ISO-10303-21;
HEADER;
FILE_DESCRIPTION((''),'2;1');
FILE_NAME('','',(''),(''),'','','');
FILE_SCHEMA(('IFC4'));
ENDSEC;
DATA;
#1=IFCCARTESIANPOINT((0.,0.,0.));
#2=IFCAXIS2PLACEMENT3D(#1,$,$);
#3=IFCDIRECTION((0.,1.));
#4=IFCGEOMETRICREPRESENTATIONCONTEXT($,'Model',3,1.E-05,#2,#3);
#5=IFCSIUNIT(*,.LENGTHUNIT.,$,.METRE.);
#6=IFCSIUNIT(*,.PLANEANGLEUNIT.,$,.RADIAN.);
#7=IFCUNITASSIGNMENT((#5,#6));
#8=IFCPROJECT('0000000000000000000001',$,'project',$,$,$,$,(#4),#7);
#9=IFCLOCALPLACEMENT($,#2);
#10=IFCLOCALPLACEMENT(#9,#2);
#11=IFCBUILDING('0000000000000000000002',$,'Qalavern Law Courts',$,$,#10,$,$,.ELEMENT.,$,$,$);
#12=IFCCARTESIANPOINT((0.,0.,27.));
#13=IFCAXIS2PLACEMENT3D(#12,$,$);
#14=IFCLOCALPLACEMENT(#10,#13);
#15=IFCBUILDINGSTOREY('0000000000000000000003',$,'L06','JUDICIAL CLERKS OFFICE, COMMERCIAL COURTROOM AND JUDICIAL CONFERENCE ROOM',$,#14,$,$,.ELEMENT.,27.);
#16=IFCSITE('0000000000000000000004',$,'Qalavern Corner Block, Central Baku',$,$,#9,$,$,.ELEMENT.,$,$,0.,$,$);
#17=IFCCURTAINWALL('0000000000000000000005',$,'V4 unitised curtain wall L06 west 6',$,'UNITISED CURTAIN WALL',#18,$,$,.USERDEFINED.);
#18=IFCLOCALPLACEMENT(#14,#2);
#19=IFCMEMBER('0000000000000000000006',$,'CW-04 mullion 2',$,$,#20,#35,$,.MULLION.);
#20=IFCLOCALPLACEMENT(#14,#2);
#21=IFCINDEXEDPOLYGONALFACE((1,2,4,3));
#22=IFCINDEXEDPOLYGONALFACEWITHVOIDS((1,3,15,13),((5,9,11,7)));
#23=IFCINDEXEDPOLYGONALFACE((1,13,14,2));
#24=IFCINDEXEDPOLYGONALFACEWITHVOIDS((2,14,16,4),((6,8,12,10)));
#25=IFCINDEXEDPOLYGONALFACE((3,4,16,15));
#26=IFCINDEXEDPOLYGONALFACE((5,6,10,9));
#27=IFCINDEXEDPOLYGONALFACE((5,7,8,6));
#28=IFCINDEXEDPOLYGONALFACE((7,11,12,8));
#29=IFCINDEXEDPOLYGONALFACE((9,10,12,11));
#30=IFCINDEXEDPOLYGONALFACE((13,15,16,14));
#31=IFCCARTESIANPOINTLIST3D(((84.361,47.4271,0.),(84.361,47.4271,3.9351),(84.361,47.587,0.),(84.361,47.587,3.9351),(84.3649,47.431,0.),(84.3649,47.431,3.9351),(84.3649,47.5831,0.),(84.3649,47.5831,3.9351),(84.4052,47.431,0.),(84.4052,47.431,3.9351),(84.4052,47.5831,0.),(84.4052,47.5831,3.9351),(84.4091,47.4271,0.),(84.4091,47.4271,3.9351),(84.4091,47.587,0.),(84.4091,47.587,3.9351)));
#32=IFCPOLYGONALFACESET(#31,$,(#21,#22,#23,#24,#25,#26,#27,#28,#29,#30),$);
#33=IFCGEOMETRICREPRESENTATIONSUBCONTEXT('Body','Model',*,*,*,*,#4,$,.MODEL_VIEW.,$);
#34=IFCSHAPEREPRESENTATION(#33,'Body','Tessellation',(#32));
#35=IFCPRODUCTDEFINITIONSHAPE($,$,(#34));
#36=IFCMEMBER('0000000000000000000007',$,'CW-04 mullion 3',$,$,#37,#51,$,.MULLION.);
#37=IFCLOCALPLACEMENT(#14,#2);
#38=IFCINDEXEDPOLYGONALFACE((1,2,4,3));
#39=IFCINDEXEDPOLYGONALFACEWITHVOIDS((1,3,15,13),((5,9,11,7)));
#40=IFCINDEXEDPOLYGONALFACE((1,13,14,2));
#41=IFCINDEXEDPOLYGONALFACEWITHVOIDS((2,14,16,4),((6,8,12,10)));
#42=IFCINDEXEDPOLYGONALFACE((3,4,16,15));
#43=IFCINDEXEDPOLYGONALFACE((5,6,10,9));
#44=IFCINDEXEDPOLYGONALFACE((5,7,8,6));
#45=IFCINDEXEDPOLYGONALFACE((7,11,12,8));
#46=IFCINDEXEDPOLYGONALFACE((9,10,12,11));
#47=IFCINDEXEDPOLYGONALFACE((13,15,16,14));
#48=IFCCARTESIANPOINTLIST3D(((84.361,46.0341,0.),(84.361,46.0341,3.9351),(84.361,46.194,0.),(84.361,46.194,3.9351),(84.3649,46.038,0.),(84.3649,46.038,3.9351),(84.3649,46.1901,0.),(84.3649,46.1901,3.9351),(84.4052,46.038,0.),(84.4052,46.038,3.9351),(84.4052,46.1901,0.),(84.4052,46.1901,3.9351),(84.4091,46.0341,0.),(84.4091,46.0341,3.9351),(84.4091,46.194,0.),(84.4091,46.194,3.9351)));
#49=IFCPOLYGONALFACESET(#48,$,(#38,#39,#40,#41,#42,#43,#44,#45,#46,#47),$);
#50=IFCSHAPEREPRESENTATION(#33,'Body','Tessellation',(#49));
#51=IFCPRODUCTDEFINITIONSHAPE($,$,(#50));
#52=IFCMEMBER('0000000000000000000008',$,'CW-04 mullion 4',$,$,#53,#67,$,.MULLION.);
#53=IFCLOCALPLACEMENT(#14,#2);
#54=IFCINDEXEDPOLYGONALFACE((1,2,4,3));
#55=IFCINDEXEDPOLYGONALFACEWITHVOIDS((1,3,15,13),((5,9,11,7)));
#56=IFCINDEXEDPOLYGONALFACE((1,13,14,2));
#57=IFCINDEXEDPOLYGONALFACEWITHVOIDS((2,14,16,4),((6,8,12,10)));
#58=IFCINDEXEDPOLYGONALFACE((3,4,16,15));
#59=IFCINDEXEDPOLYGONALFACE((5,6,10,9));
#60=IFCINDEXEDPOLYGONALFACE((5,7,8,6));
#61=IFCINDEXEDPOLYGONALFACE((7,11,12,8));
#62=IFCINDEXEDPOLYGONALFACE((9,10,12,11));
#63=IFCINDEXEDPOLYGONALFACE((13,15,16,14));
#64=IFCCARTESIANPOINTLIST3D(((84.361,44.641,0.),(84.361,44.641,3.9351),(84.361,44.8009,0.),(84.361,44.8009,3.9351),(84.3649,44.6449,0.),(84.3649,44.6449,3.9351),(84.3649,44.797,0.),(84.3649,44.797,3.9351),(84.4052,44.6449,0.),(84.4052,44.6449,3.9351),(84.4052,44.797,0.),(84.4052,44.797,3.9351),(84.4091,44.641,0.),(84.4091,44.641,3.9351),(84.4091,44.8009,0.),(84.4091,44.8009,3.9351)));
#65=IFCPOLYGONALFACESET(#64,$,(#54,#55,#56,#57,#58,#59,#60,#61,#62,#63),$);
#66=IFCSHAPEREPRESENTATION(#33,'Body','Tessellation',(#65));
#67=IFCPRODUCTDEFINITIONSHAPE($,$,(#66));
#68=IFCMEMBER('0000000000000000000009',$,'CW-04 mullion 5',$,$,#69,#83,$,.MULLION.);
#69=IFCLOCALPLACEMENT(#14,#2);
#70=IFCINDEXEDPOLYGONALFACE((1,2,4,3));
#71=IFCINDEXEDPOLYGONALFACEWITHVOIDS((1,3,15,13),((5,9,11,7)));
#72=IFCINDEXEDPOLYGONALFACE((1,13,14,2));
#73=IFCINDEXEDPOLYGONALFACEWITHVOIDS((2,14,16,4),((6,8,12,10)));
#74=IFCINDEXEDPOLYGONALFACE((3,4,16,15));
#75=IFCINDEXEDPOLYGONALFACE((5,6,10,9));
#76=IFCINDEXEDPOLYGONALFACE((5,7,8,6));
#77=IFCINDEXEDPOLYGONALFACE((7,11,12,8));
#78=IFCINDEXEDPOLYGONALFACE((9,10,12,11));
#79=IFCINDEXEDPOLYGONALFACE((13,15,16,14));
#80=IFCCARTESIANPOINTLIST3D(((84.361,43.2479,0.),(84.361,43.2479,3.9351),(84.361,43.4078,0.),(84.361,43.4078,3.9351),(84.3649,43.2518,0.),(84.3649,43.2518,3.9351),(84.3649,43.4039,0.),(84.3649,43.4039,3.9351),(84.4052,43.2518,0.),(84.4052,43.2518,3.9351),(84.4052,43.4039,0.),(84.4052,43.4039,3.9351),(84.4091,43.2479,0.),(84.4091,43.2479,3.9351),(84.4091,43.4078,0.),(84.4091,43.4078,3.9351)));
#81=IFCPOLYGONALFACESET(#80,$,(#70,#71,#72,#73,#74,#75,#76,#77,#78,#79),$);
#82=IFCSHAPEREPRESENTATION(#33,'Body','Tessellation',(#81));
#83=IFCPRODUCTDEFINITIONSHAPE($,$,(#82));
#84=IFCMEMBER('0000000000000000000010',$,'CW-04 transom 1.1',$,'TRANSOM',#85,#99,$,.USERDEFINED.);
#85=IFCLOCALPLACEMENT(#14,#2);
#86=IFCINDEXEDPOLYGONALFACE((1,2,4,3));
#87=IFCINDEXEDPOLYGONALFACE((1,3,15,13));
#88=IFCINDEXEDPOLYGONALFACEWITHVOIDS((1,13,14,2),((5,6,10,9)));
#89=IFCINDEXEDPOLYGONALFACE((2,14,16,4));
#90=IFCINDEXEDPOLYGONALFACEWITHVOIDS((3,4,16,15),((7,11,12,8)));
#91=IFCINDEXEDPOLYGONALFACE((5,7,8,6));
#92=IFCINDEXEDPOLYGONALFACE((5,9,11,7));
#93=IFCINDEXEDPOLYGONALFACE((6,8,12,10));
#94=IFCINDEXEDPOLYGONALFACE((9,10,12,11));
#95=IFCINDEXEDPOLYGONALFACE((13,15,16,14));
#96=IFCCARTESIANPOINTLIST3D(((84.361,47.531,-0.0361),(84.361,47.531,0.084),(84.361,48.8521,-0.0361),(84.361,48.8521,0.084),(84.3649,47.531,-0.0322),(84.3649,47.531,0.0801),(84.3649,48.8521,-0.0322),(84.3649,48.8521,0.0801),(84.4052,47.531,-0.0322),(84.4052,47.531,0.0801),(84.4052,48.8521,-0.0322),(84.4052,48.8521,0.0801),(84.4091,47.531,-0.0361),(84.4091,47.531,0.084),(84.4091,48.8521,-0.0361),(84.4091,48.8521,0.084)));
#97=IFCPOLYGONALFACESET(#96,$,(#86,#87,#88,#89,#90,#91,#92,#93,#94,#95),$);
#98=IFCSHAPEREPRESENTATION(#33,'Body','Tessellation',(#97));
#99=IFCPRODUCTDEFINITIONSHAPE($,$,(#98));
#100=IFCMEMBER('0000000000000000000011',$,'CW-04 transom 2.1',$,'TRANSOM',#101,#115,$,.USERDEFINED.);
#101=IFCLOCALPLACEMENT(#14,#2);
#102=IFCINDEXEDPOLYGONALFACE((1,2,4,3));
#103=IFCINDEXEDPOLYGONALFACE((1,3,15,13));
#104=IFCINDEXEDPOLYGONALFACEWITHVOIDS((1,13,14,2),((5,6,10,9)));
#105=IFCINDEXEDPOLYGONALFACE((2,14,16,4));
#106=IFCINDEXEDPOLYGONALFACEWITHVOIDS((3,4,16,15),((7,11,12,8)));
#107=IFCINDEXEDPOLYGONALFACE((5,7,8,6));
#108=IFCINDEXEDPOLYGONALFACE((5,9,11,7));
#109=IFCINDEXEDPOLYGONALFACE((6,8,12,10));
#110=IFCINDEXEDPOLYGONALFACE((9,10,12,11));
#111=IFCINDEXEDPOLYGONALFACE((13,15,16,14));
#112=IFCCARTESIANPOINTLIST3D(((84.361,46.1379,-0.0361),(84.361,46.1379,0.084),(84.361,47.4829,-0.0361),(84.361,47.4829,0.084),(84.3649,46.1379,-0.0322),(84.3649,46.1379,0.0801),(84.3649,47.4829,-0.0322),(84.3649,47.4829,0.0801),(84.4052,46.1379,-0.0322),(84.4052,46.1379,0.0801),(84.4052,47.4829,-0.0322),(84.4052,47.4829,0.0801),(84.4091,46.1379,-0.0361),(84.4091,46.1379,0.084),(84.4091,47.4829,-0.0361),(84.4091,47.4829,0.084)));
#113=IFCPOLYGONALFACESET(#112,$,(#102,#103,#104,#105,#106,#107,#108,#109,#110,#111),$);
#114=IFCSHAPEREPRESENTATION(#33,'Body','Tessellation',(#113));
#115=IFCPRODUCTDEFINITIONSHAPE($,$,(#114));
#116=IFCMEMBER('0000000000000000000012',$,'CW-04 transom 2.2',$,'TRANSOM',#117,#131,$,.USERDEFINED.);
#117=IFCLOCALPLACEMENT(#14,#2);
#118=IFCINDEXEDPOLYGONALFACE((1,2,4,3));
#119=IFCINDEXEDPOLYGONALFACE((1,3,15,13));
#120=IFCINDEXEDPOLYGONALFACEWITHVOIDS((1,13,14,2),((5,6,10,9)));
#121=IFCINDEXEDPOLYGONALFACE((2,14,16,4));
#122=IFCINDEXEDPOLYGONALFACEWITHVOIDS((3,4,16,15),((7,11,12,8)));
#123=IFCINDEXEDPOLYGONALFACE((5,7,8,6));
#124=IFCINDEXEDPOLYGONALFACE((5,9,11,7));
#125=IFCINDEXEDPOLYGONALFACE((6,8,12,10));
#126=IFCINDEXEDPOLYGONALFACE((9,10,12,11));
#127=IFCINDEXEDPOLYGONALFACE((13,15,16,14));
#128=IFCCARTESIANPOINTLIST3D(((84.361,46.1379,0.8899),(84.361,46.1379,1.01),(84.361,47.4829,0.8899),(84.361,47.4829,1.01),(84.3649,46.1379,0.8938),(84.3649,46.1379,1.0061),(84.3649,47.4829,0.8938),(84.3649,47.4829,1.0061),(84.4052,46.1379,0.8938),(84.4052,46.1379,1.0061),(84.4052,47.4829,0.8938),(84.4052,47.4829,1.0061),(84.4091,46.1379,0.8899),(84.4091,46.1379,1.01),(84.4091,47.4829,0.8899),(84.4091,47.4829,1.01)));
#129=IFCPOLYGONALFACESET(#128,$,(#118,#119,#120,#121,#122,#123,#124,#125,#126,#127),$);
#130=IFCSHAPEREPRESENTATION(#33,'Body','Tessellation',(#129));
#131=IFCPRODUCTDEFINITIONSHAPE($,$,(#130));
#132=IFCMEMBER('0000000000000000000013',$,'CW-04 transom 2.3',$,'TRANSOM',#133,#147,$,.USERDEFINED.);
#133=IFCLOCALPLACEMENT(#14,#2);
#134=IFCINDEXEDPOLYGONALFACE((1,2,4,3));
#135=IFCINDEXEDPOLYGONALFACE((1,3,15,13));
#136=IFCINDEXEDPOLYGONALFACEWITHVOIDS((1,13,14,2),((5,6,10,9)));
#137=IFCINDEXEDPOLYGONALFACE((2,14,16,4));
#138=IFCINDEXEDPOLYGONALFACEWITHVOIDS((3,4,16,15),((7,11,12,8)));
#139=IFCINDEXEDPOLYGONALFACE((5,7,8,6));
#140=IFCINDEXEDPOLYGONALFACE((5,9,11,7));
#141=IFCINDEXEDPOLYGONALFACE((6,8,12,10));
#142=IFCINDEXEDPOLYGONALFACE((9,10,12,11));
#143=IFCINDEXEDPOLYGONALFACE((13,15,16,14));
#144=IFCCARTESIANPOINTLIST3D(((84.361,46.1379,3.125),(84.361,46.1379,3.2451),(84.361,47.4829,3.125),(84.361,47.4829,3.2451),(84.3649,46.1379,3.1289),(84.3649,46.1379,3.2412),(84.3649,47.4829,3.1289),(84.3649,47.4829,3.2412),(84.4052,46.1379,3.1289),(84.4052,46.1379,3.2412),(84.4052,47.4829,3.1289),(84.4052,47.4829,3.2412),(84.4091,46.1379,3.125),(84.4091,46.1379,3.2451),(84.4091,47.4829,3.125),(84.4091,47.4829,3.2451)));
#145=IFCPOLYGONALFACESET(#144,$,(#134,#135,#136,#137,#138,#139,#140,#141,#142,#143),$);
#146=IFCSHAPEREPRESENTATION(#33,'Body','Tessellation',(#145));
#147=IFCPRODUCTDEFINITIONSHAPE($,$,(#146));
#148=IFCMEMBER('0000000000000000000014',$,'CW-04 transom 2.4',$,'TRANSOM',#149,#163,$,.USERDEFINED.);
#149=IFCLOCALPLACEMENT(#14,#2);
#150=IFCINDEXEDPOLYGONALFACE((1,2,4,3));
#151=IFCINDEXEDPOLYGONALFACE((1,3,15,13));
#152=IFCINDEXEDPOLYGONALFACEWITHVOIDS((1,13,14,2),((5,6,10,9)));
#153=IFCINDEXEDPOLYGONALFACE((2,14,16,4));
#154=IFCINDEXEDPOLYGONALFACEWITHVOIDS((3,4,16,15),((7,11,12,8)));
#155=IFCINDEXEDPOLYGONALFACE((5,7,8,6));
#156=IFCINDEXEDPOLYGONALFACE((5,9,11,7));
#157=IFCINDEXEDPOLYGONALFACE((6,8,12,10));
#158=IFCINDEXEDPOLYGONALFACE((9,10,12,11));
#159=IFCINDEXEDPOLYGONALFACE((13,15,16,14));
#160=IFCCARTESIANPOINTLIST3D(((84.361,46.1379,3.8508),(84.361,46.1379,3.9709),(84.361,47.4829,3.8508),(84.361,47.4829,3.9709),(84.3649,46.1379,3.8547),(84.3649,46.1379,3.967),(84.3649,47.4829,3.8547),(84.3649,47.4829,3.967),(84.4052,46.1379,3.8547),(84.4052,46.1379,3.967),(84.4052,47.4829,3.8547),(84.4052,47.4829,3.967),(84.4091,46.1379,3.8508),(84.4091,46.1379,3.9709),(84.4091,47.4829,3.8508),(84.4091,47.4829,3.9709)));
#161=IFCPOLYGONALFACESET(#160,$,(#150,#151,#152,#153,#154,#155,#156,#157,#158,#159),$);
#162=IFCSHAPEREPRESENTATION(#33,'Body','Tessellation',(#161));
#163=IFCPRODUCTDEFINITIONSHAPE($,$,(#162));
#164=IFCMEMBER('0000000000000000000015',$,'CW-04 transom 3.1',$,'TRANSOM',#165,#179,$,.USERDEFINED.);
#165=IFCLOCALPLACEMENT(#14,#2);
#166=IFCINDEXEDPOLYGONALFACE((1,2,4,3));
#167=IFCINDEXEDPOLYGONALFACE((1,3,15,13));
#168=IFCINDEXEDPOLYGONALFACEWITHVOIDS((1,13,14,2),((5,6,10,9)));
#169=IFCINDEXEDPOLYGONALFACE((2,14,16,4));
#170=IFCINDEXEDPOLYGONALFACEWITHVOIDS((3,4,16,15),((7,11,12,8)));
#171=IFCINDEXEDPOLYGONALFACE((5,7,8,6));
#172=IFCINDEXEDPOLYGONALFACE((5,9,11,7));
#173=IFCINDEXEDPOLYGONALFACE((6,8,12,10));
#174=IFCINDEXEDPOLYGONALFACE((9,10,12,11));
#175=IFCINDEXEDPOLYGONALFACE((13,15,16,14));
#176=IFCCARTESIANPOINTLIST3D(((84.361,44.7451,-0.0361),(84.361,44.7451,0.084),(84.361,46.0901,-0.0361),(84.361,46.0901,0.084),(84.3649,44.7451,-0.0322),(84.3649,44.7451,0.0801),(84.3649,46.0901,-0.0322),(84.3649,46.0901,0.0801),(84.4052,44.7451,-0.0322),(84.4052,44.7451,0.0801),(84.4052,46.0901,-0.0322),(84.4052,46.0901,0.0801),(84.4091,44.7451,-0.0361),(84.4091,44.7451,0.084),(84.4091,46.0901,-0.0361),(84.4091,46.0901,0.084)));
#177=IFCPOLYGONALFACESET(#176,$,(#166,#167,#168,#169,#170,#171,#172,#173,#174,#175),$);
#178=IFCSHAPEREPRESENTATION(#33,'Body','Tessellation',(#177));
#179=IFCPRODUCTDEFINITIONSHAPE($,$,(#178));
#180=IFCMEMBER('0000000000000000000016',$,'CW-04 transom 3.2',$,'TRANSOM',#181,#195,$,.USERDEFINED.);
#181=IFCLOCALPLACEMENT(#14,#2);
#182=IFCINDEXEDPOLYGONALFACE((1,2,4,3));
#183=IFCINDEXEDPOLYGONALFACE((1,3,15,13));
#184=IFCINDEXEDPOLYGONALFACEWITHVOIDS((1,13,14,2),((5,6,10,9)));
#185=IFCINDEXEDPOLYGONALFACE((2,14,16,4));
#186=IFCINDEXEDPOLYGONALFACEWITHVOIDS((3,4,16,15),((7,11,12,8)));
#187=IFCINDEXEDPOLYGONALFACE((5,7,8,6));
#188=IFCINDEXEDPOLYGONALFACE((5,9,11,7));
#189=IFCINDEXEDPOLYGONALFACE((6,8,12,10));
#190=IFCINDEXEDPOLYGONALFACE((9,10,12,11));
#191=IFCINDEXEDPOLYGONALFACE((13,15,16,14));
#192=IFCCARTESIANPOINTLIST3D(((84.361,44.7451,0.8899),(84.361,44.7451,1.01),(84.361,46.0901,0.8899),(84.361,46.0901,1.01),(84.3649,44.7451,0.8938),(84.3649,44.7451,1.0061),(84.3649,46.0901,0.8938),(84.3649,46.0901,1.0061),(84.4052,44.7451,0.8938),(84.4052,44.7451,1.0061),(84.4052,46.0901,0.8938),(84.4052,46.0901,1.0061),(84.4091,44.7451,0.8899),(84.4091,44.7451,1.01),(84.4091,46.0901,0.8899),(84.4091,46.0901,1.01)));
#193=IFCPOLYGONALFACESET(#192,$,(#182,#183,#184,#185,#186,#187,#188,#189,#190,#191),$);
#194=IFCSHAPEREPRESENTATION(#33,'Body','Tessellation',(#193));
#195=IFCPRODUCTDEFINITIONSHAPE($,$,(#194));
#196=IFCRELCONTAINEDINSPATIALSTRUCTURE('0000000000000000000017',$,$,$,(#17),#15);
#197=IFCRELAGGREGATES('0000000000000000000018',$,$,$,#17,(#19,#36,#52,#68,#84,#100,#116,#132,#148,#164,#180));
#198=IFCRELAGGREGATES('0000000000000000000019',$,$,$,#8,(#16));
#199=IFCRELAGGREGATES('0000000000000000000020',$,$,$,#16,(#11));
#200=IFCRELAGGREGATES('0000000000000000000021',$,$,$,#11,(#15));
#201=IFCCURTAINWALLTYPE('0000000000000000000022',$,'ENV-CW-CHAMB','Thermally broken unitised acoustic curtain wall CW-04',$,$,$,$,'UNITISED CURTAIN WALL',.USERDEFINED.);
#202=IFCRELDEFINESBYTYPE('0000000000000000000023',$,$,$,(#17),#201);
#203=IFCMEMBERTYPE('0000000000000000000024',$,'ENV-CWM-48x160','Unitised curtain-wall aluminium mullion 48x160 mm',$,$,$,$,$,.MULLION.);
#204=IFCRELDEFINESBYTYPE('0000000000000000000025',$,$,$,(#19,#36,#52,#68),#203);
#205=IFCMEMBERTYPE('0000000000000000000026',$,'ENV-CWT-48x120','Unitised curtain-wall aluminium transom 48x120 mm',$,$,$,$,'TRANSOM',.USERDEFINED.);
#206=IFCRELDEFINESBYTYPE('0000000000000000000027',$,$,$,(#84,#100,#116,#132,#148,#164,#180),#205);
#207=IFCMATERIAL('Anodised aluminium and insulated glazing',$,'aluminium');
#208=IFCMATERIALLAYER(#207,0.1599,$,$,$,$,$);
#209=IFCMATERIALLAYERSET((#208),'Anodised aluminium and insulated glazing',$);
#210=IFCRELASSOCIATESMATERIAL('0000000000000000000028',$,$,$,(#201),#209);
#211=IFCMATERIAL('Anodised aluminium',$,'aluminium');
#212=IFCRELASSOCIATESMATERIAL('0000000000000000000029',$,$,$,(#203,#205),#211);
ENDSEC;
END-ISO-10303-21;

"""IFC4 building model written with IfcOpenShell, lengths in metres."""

from ifc_helpers import new_model, si_unit, direction, frame, origin, origin_2d, place, context, subcontext, project, spatial, hollow_rectangle, extrude, material, layer, layer_set, material_profile, profile_set, type_object, element, aggregate, save


model = new_model("IFC4")

# Units and contexts
model_context = context("Model", 3, precision=1e-05, world=origin(), true_north=direction((0.0, 1.0)))
body_context = subcontext(model_context, "Body", "Model", "MODEL_VIEW")
ifc_project = project(units=[si_unit("LENGTHUNIT", "METRE"), si_unit("PLANEANGLEUNIT", "RADIAN")], contexts=[model_context])

# Site, building, storey
site_placement = place(None, origin())
site = spatial("IfcSite", under=ifc_project, at=site_placement, Name="Qalavern Corner Block, Central Baku", CompositionType="ELEMENT", RefElevation=0.0)
building_placement = place(site_placement, origin())
building = spatial("IfcBuilding", under=site, at=building_placement, Name="Qalavern Law Courts", CompositionType="ELEMENT")
storey_placement = place(building_placement, frame((0.0, 0.0, 27.0)))
storey = spatial("IfcBuildingStorey", under=building, at=storey_placement, Name="L06", Description="JUDICIAL CLERKS OFFICE, COMMERCIAL COURTROOM AND JUDICIAL CONFERENCE ROOM", CompositionType="ELEMENT", Elevation=27.0)

# Curtain wall, members
ifc_material_1 = material(Name="Anodised aluminium and insulated glazing", Category="aluminium")
ifc_layer_1 = layer(ifc_material_1, 0.1599)
ifc_layer_set_1 = layer_set([ifc_layer_1], Name="Anodised aluminium and insulated glazing")
curtain_wall_type = type_object("IfcCurtainWallType", Name="ENV-CW-CHAMB", Description="Thermally broken unitised acoustic curtain wall CW-04", ElementType="UNITISED CURTAIN WALL", PredefinedType="USERDEFINED", material=ifc_layer_set_1)
curtain_wall_placement = place(storey_placement, origin())
curtain_wall = element("IfcCurtainWall", 1, at=curtain_wall_placement, inside=storey, type_object=curtain_wall_type, Name="V4 unitised curtain wall L06 west 6", ObjectType="UNITISED CURTAIN WALL", PredefinedType="USERDEFINED")
ifc_material_2 = material(Name="Anodised aluminium", Category="aluminium")
ifc_material_profile_1 = material_profile(ifc_material_2, hollow_rectangle(XDim=0.0481, YDim=0.1599, WallThickness=0.0039, at=origin_2d()), Name="ALU MULLION 48x160")
ifc_profile_set_1 = profile_set([ifc_material_profile_1], Name="Anodised aluminium")
member_type_1 = type_object("IfcMemberType", Name="ENV-CWM-48x160", Description="Unitised curtain-wall aluminium mullion 48x160 mm", PredefinedType="MULLION", material=ifc_profile_set_1)
member_1_placement = place(storey_placement, frame((84.385, 47.5071, 0.0), z_axis=(0.0, 0.0, 1.0), x_axis=(1.0, 0.0, 0.0)))
member_1 = element("IfcMember", 2, at=member_1_placement, type_object=member_type_1, Name="CW-04 mullion 2", PredefinedType="MULLION", context=body_context, shape_type="SweptSolid", body=[
    extrude(hollow_rectangle(XDim=0.0481, YDim=0.1599, WallThickness=0.0039, at=origin_2d()), origin(), (0.0, 0.0, 1.0), 3.9351),
])
member_2_placement = place(storey_placement, frame((84.385, 46.114, 0.0), z_axis=(0.0, 0.0, 1.0), x_axis=(1.0, 0.0, 0.0)))
member_2 = element("IfcMember", 3, at=member_2_placement, type_object=member_type_1, Name="CW-04 mullion 3", PredefinedType="MULLION", context=body_context, shape_type="SweptSolid", body=[
    extrude(hollow_rectangle(XDim=0.0481, YDim=0.1599, WallThickness=0.0039, at=origin_2d()), origin(), (0.0, 0.0, 1.0), 3.9351),
])
member_3_placement = place(storey_placement, frame((84.385, 44.7209, 0.0), z_axis=(0.0, 0.0, 1.0), x_axis=(1.0, 0.0, 0.0)))
member_3 = element("IfcMember", 4, at=member_3_placement, type_object=member_type_1, Name="CW-04 mullion 4", PredefinedType="MULLION", context=body_context, shape_type="SweptSolid", body=[
    extrude(hollow_rectangle(XDim=0.0481, YDim=0.1599, WallThickness=0.0039, at=origin_2d()), origin(), (0.0, 0.0, 1.0), 3.9351),
])
member_4_placement = place(storey_placement, frame((84.385, 43.3279, 0.0), z_axis=(0.0, 0.0, 1.0), x_axis=(1.0, 0.0, 0.0)))
member_4 = element("IfcMember", 5, at=member_4_placement, type_object=member_type_1, Name="CW-04 mullion 5", PredefinedType="MULLION", context=body_context, shape_type="SweptSolid", body=[
    extrude(hollow_rectangle(XDim=0.0481, YDim=0.1599, WallThickness=0.0039, at=origin_2d()), origin(), (0.0, 0.0, 1.0), 3.9351),
])
ifc_material_profile_2 = material_profile(ifc_material_2, hollow_rectangle(XDim=0.0481, YDim=0.1201, WallThickness=0.0039, at=origin_2d()), Name="ALU TRANSOM 48x120")
ifc_profile_set_2 = profile_set([ifc_material_profile_2], Name="Anodised aluminium")
member_type_2 = type_object("IfcMemberType", Name="ENV-CWT-48x120", Description="Unitised curtain-wall aluminium transom 48x120 mm", ElementType="TRANSOM", PredefinedType="USERDEFINED", material=ifc_profile_set_2)
member_5_placement = place(storey_placement, frame((84.385, 48.8521, 0.0239), z_axis=(0.0, -1.0, 0.0), x_axis=(1.0, 0.0, 0.0)))
member_5 = element("IfcMember", 6, at=member_5_placement, type_object=member_type_2, Name="CW-04 transom 1.1", ObjectType="TRANSOM", PredefinedType="USERDEFINED", context=body_context, shape_type="SweptSolid", body=[
    extrude(hollow_rectangle(XDim=0.0481, YDim=0.1201, WallThickness=0.0039, at=origin_2d()), origin(), (0.0, 0.0, 1.0), 1.321),
])
member_6_placement = place(storey_placement, frame((84.385, 47.4829, 0.0239), z_axis=(0.0, -1.0, 0.0), x_axis=(1.0, 0.0, 0.0)))
member_6 = element("IfcMember", 7, at=member_6_placement, type_object=member_type_2, Name="CW-04 transom 2.1", ObjectType="TRANSOM", PredefinedType="USERDEFINED", context=body_context, shape_type="SweptSolid", body=[
    extrude(hollow_rectangle(XDim=0.0481, YDim=0.1201, WallThickness=0.0039, at=origin_2d()), origin(), (0.0, 0.0, 1.0), 1.345),
])
member_7_placement = place(storey_placement, frame((84.385, 47.4829, 0.95), z_axis=(0.0, -1.0, 0.0), x_axis=(1.0, 0.0, 0.0)))
member_7 = element("IfcMember", 8, at=member_7_placement, type_object=member_type_2, Name="CW-04 transom 2.2", ObjectType="TRANSOM", PredefinedType="USERDEFINED", context=body_context, shape_type="SweptSolid", body=[
    extrude(hollow_rectangle(XDim=0.0481, YDim=0.1201, WallThickness=0.0039, at=origin_2d()), origin(), (0.0, 0.0, 1.0), 1.345),
])
member_8_placement = place(storey_placement, frame((84.385, 47.4829, 3.1851), z_axis=(0.0, -1.0, 0.0), x_axis=(1.0, 0.0, 0.0)))
member_8 = element("IfcMember", 9, at=member_8_placement, type_object=member_type_2, Name="CW-04 transom 2.3", ObjectType="TRANSOM", PredefinedType="USERDEFINED", context=body_context, shape_type="SweptSolid", body=[
    extrude(hollow_rectangle(XDim=0.0481, YDim=0.1201, WallThickness=0.0039, at=origin_2d()), origin(), (0.0, 0.0, 1.0), 1.345),
])
member_9_placement = place(storey_placement, frame((84.385, 47.4829, 3.9109), z_axis=(0.0, -1.0, 0.0), x_axis=(1.0, 0.0, 0.0)))
member_9 = element("IfcMember", 10, at=member_9_placement, type_object=member_type_2, Name="CW-04 transom 2.4", ObjectType="TRANSOM", PredefinedType="USERDEFINED", context=body_context, shape_type="SweptSolid", body=[
    extrude(hollow_rectangle(XDim=0.0481, YDim=0.1201, WallThickness=0.0039, at=origin_2d()), origin(), (0.0, 0.0, 1.0), 1.345),
])
member_10_placement = place(storey_placement, frame((84.385, 46.0901, 0.0239), z_axis=(0.0, -1.0, 0.0), x_axis=(1.0, 0.0, 0.0)))
member_10 = element("IfcMember", 11, at=member_10_placement, type_object=member_type_2, Name="CW-04 transom 3.1", ObjectType="TRANSOM", PredefinedType="USERDEFINED", context=body_context, shape_type="SweptSolid", body=[
    extrude(hollow_rectangle(XDim=0.0481, YDim=0.1201, WallThickness=0.0039, at=origin_2d()), origin(), (0.0, 0.0, 1.0), 1.345),
])
member_11_placement = place(storey_placement, frame((84.385, 46.0901, 0.95), z_axis=(0.0, -1.0, 0.0), x_axis=(1.0, 0.0, 0.0)))
member_11 = element("IfcMember", 12, at=member_11_placement, type_object=member_type_2, Name="CW-04 transom 3.2", ObjectType="TRANSOM", PredefinedType="USERDEFINED", context=body_context, shape_type="SweptSolid", body=[
    extrude(hollow_rectangle(XDim=0.0481, YDim=0.1201, WallThickness=0.0039, at=origin_2d()), origin(), (0.0, 0.0, 1.0), 1.345),
])
aggregate(curtain_wall, [member_1, member_2, member_3, member_4, member_5, member_6, member_7, member_8, member_9, member_10, member_11])

save(model, "model.ifc")
